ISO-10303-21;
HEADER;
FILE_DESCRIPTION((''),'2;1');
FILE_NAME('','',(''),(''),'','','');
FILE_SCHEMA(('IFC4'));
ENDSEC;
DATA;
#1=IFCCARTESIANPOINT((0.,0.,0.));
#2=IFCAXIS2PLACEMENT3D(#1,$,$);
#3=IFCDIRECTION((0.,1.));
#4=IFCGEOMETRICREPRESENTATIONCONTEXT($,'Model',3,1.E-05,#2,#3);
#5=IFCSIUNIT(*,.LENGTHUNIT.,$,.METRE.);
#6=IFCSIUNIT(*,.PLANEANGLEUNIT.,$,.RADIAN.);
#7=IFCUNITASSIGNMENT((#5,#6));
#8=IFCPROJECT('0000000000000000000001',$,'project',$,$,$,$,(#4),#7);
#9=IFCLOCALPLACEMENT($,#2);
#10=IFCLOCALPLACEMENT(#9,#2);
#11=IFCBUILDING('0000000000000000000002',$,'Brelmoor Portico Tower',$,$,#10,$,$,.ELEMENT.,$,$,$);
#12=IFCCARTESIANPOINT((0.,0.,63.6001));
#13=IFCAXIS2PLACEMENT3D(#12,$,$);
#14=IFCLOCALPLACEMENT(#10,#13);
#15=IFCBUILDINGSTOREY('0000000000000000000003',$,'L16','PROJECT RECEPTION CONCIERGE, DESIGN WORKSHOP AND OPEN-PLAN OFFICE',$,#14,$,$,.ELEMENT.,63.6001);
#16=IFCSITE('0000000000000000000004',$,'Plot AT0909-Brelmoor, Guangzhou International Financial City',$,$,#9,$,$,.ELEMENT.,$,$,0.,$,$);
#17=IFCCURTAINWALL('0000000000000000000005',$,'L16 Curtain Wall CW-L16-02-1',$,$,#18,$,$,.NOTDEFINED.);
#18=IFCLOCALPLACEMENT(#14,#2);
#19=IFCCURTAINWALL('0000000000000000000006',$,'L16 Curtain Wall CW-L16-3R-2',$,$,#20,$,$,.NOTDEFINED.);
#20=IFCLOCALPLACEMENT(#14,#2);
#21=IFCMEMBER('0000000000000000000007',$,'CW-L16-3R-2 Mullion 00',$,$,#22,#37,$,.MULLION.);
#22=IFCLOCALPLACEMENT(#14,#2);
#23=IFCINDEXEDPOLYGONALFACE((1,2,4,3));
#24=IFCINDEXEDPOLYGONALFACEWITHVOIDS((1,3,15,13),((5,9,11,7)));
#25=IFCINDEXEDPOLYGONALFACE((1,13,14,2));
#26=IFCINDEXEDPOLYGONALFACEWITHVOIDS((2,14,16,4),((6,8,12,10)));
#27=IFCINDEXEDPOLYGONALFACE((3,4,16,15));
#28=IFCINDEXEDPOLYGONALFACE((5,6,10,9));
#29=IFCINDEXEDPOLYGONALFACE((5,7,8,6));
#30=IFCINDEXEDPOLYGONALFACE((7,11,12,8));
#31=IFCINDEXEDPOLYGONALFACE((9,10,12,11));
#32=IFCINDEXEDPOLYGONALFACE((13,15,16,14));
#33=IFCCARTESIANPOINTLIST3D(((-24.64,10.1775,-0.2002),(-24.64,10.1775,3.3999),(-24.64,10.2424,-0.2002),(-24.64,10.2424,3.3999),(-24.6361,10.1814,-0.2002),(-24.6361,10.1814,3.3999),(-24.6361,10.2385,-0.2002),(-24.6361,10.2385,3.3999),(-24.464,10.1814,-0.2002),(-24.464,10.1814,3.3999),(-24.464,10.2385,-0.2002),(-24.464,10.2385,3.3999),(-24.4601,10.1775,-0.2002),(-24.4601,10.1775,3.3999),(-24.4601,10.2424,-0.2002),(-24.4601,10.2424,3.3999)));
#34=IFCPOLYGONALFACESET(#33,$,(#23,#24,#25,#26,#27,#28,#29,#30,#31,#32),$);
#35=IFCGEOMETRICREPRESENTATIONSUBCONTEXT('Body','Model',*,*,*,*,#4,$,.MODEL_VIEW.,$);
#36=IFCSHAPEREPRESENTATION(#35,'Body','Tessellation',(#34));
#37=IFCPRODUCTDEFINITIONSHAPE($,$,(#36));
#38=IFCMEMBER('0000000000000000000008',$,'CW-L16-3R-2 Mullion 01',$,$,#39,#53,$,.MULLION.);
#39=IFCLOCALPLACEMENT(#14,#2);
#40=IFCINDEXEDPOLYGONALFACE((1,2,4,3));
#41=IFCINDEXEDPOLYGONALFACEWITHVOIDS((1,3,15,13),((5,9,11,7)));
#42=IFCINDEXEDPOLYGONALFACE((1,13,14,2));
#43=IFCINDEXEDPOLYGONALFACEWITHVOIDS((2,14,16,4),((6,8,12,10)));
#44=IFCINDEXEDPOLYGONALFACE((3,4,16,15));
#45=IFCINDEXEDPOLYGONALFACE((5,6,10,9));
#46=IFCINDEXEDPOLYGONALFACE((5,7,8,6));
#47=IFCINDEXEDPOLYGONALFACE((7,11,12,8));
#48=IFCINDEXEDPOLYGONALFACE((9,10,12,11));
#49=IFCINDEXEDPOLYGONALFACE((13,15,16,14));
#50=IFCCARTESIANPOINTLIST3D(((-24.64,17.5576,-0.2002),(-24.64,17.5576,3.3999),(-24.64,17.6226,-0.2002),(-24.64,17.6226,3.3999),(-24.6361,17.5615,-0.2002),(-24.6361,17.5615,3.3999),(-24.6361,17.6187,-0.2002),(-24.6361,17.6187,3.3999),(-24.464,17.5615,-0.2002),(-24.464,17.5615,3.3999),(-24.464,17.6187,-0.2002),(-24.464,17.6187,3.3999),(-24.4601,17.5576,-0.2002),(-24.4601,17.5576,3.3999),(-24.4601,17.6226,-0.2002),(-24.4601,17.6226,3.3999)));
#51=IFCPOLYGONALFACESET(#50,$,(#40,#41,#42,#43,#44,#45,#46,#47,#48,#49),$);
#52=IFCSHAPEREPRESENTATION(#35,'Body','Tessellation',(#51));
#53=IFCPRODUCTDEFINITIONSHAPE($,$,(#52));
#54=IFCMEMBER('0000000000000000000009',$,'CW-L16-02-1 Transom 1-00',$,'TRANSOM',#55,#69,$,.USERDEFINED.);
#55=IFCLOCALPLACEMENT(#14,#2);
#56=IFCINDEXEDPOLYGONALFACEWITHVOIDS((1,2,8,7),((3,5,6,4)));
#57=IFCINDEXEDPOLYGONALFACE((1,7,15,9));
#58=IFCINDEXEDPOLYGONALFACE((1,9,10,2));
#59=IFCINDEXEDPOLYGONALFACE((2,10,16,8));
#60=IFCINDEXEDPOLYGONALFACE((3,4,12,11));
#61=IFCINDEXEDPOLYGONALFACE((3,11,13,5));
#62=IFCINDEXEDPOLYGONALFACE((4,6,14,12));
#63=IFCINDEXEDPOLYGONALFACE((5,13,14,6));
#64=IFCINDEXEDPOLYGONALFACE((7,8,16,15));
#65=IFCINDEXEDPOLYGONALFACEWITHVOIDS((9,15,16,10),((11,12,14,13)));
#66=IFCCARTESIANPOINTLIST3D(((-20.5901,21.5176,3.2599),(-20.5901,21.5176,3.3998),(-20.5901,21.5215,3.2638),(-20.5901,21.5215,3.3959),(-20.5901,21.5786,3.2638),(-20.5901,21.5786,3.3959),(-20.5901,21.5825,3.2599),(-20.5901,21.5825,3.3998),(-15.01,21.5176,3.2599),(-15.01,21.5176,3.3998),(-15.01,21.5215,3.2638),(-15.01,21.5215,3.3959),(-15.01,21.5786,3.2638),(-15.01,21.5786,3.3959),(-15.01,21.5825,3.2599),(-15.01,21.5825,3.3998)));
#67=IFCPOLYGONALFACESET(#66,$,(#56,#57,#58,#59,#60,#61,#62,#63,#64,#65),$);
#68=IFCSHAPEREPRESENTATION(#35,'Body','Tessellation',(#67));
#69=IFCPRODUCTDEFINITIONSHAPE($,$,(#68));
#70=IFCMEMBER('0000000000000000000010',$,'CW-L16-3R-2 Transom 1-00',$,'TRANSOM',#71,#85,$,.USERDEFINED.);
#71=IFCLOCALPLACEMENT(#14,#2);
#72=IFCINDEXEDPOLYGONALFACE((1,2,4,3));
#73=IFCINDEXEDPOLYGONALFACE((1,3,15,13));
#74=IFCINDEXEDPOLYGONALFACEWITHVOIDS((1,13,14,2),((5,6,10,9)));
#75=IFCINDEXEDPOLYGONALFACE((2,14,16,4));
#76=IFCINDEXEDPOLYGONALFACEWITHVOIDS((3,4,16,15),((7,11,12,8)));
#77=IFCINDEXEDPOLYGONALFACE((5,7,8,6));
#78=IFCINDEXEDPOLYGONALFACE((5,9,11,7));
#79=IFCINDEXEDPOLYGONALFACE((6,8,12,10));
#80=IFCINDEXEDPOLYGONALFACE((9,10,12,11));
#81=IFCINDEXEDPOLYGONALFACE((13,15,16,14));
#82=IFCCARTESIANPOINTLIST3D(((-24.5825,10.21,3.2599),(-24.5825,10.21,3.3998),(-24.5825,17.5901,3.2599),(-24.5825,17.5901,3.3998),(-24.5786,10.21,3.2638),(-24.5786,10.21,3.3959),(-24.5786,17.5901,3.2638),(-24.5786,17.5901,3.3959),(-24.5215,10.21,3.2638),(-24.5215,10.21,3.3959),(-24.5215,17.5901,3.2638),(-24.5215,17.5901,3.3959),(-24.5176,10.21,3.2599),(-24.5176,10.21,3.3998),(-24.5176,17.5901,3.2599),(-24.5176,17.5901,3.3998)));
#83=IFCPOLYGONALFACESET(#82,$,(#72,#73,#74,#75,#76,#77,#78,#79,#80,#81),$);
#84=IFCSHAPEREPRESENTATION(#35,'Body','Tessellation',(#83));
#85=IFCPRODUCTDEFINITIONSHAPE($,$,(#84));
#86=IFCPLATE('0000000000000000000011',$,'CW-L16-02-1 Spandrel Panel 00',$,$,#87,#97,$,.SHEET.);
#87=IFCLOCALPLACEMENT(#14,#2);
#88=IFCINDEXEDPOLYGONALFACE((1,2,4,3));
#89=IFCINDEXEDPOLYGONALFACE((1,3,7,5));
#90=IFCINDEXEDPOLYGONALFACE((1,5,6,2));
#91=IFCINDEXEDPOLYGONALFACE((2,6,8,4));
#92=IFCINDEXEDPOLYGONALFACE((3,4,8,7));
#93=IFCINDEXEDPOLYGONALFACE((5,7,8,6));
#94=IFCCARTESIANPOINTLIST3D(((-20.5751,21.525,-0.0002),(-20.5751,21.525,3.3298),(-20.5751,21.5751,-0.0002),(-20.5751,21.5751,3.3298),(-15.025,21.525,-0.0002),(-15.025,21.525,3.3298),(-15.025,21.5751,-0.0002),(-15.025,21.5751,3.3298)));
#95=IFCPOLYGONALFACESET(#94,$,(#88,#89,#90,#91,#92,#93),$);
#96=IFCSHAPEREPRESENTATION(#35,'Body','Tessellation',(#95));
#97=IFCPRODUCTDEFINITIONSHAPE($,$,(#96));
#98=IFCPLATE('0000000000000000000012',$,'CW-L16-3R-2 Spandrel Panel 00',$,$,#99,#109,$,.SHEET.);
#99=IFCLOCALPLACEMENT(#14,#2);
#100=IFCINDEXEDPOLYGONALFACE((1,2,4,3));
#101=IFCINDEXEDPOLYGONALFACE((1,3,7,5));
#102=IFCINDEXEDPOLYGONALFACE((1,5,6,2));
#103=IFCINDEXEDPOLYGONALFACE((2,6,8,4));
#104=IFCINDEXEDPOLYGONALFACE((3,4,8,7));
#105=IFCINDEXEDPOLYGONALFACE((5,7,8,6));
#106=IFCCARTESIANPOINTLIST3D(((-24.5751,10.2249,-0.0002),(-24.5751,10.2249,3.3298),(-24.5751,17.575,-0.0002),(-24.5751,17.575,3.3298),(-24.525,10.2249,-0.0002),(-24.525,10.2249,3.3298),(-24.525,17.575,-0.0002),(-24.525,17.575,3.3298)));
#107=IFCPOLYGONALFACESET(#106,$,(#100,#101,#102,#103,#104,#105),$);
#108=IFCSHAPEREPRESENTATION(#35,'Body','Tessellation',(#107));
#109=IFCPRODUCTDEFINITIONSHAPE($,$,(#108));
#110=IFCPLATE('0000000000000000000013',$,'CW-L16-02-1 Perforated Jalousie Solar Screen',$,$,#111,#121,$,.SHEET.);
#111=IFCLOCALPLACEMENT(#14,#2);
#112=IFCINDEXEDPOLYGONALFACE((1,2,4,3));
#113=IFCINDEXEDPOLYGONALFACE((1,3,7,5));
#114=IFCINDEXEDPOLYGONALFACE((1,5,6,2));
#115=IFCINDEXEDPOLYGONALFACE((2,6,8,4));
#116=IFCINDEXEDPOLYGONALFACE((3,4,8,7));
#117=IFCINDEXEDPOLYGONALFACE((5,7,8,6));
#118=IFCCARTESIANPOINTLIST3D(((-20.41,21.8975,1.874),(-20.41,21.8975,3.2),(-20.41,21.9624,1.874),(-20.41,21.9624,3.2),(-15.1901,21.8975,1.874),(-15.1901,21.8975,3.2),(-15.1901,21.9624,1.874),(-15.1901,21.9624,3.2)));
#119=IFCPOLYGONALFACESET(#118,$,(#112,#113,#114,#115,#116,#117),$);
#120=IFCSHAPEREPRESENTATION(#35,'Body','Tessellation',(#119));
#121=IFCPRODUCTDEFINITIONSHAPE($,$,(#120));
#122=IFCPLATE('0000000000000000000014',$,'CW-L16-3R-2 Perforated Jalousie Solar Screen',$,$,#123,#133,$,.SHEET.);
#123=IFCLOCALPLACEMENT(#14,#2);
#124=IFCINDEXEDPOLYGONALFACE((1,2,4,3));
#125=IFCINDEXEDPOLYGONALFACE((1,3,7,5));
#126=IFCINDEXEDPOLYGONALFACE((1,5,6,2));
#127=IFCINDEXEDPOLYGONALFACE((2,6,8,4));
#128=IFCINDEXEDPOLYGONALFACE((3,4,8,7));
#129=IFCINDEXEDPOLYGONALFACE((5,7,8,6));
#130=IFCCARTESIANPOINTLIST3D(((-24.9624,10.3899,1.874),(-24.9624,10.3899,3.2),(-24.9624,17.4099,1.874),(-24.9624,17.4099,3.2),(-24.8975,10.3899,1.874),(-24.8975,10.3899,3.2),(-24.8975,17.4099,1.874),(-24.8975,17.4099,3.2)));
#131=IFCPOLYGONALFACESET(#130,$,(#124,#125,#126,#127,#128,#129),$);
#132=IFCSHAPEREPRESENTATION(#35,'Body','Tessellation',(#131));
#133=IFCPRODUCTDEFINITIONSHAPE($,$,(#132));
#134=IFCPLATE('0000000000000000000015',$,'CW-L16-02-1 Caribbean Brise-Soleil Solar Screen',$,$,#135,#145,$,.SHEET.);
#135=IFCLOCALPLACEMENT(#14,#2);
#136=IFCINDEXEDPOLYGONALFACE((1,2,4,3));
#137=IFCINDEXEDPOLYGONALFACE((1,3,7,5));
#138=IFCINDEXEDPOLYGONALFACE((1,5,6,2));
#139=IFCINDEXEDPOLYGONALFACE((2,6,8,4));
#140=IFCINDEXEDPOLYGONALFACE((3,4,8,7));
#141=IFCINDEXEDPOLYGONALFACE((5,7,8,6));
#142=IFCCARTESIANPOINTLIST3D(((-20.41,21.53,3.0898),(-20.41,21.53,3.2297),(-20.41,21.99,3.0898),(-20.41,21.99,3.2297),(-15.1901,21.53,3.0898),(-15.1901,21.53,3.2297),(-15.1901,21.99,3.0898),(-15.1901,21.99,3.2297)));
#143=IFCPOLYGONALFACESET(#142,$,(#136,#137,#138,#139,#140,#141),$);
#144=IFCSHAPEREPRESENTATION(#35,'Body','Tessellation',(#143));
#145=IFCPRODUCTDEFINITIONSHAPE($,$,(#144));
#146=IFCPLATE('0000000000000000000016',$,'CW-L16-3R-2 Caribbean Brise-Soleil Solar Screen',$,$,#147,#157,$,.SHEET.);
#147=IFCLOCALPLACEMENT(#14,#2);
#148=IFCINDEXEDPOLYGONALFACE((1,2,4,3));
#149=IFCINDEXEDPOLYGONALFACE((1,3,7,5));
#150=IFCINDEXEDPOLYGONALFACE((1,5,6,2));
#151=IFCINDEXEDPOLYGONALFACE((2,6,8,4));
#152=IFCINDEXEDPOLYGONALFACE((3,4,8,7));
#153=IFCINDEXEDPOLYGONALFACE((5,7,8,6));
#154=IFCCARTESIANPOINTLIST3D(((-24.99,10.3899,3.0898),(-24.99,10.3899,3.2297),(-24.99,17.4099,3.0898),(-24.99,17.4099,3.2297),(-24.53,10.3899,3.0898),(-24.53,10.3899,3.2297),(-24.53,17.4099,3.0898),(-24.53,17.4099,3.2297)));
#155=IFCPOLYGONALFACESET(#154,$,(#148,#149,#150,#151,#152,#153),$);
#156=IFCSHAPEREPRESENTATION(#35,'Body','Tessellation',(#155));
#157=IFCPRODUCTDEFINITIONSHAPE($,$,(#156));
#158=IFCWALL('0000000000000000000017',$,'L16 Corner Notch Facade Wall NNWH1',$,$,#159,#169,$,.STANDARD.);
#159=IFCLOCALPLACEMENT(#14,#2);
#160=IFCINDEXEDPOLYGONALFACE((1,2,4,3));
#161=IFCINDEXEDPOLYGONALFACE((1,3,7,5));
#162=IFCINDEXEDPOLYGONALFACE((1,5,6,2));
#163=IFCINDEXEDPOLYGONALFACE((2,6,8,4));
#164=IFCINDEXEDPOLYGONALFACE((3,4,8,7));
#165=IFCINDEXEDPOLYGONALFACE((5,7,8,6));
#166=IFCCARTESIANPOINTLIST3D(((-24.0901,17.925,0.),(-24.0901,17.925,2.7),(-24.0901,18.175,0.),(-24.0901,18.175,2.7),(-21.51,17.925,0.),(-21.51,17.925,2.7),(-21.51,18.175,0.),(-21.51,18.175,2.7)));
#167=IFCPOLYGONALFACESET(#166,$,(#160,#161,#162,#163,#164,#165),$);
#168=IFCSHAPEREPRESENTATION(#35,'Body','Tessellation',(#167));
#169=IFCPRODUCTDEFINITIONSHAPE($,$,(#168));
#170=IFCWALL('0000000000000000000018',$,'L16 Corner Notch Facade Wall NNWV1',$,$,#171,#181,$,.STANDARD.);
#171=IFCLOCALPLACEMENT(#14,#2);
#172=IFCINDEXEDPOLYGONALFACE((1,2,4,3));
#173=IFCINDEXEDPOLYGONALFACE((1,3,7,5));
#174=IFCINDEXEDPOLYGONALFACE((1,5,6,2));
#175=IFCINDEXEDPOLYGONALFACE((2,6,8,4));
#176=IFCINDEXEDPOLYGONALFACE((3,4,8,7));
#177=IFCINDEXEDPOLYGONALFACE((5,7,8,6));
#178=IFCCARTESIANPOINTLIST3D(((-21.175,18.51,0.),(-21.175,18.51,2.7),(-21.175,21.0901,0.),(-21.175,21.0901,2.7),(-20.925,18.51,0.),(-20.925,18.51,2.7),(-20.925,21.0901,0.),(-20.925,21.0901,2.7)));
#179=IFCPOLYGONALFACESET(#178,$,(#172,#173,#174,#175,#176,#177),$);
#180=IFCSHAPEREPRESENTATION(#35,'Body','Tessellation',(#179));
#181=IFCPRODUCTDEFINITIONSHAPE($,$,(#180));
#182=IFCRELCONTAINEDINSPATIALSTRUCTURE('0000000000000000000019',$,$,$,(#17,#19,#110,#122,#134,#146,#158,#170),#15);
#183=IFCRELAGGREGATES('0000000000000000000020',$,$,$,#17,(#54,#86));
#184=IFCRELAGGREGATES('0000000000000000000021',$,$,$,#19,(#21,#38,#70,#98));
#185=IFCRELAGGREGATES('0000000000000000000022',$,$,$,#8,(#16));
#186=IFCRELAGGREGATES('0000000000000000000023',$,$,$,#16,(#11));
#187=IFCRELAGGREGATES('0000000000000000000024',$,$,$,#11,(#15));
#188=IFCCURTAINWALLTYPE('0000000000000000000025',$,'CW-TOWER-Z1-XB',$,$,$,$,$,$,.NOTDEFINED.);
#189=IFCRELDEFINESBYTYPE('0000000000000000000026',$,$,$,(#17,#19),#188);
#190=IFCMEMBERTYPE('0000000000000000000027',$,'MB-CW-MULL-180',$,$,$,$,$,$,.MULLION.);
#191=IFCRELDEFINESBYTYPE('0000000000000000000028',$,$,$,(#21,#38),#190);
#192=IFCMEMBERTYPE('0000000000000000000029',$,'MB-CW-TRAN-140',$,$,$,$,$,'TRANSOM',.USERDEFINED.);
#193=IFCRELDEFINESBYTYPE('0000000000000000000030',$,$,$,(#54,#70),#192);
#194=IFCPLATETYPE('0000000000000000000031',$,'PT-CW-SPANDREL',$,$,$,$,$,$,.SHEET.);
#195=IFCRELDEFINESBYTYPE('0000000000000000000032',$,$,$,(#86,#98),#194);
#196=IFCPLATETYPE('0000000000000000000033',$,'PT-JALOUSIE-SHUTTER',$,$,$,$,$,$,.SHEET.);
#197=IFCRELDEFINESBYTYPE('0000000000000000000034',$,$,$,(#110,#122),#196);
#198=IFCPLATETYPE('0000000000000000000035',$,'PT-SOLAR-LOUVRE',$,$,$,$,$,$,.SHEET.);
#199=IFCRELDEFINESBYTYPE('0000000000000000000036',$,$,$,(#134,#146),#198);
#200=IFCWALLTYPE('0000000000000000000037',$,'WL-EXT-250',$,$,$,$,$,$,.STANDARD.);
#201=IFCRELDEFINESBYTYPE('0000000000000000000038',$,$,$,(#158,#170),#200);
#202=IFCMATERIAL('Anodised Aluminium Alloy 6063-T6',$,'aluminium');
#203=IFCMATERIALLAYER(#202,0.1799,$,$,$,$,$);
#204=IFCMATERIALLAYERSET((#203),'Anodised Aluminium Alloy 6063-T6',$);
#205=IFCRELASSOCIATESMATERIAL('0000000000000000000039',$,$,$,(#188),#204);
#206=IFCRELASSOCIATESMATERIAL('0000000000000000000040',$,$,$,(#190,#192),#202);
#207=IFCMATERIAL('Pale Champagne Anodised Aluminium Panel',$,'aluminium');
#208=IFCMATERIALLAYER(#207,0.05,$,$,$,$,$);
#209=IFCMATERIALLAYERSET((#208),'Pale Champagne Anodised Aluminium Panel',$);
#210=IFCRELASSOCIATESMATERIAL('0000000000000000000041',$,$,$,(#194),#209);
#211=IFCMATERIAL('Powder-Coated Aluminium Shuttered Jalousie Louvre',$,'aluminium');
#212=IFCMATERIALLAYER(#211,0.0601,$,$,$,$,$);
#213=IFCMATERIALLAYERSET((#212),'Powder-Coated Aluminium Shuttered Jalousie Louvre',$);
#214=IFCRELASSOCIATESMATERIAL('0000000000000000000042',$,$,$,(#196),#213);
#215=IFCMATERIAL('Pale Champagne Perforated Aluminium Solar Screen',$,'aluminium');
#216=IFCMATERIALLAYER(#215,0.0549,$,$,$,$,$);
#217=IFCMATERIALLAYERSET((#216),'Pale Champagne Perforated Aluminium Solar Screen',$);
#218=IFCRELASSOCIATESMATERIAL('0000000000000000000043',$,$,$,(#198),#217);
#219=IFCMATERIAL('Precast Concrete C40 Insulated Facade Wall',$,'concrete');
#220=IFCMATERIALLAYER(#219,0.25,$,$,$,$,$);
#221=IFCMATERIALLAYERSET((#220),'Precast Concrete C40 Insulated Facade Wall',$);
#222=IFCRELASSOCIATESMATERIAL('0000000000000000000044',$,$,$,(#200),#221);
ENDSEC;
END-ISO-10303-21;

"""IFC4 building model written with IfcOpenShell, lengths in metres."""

from ifc_helpers import new_model, si_unit, direction, frame, frame_2d, origin, origin_2d, place, context, subcontext, project, spatial, rectangle, hollow_rectangle, extrude, material, layer, layer_set, material_profile, profile_set, type_object, element, aggregate, save


model = new_model("IFC4")

# Units and contexts
model_context = context("Model", 3, precision=1e-05, world=origin(), true_north=direction((0.0, 1.0)))
body_context = subcontext(model_context, "Body", "Model", "MODEL_VIEW")
ifc_project = project(units=[si_unit("LENGTHUNIT", "METRE"), si_unit("PLANEANGLEUNIT", "RADIAN")], contexts=[model_context])

# Site, building, storey
site_placement = place(None, origin())
site = spatial("IfcSite", under=ifc_project, at=site_placement, Name="Plot AT0909-Brelmoor, Guangzhou International Financial City", CompositionType="ELEMENT", RefElevation=0.0)
building_placement = place(site_placement, origin())
building = spatial("IfcBuilding", under=site, at=building_placement, Name="Brelmoor Portico Tower", CompositionType="ELEMENT")
storey_placement = place(building_placement, frame((0.0, 0.0, 63.6001)))
storey = spatial("IfcBuildingStorey", under=building, at=storey_placement, Name="L16", Description="PROJECT RECEPTION CONCIERGE, DESIGN WORKSHOP AND OPEN-PLAN OFFICE", CompositionType="ELEMENT", Elevation=63.6001)

# Curtain wall
ifc_material_1 = material(Name="Anodised Aluminium Alloy 6063-T6", Category="aluminium")
ifc_layer_1 = layer(ifc_material_1, 0.1799)
ifc_layer_set_1 = layer_set([ifc_layer_1], Name="Anodised Aluminium Alloy 6063-T6")
curtain_wall_type = type_object("IfcCurtainWallType", Name="CW-TOWER-Z1-XB", PredefinedType="NOTDEFINED", material=ifc_layer_set_1)
curtain_wall_1_placement = place(storey_placement, origin())
curtain_wall_1 = element("IfcCurtainWall", 1, at=curtain_wall_1_placement, inside=storey, type_object=curtain_wall_type, Name="L16 Curtain Wall CW-L16-02-1", PredefinedType="NOTDEFINED")
ifc_material_profile_1 = material_profile(ifc_material_1, hollow_rectangle(XDim=0.0649, YDim=0.1799, WallThickness=0.0039, at=origin_2d()), Name="ALU MULLION 65x180")
ifc_profile_set_1 = profile_set([ifc_material_profile_1], Name="Anodised Aluminium Alloy 6063-T6")
member_type_1 = type_object("IfcMemberType", Name="MB-CW-MULL-180", PredefinedType="MULLION", material=ifc_profile_set_1)

# Curtain wall, members
curtain_wall_2_placement = place(storey_placement, origin())
curtain_wall_2 = element("IfcCurtainWall", 2, at=curtain_wall_2_placement, inside=storey, type_object=curtain_wall_type, Name="L16 Curtain Wall CW-L16-3R-2", PredefinedType="NOTDEFINED")
member_1_placement = place(storey_placement, frame((-24.55, 10.21, -0.2002), z_axis=(0.0, 0.0, 1.0), x_axis=(0.0, 1.0, 0.0)))
member_1 = element("IfcMember", 3, at=member_1_placement, type_object=member_type_1, Name="CW-L16-3R-2 Mullion 00", PredefinedType="MULLION", context=body_context, shape_type="SweptSolid", body=[
    extrude(hollow_rectangle(XDim=0.0649, YDim=0.1799, WallThickness=0.0039, at=origin_2d()), origin(), (0.0, 0.0, 1.0), 3.6001),
])
member_2_placement = place(storey_placement, frame((-24.55, 17.5901, -0.2002), z_axis=(0.0, 0.0, 1.0), x_axis=(0.0, 1.0, 0.0)))
member_2 = element("IfcMember", 4, at=member_2_placement, type_object=member_type_1, Name="CW-L16-3R-2 Mullion 01", PredefinedType="MULLION", context=body_context, shape_type="SweptSolid", body=[
    extrude(hollow_rectangle(XDim=0.0649, YDim=0.1799, WallThickness=0.0039, at=origin_2d()), origin(), (0.0, 0.0, 1.0), 3.6001),
])

# Members
ifc_material_profile_2 = material_profile(ifc_material_1, hollow_rectangle(XDim=0.0649, YDim=0.1399, WallThickness=0.0039, at=origin_2d()), Name="ALU TRANSOM 65x140")
ifc_profile_set_2 = profile_set([ifc_material_profile_2], Name="Anodised Aluminium Alloy 6063-T6")
member_type_2 = type_object("IfcMemberType", Name="MB-CW-TRAN-140", ElementType="TRANSOM", PredefinedType="USERDEFINED", material=ifc_profile_set_2)
member_3_placement = place(storey_placement, frame((-20.5901, 21.55, 3.3298), z_axis=(1.0, 0.0, 0.0), x_axis=(0.0, 1.0, 0.0)))
member_3 = element("IfcMember", 5, at=member_3_placement, type_object=member_type_2, Name="CW-L16-02-1 Transom 1-00", ObjectType="TRANSOM", PredefinedType="USERDEFINED", context=body_context, shape_type="SweptSolid", body=[
    extrude(hollow_rectangle(XDim=0.0649, YDim=0.1399, WallThickness=0.0039, at=origin_2d()), origin(), (0.0, 0.0, 1.0), 5.5801),
])
member_4_placement = place(storey_placement, frame((-24.55, 10.21, 3.3298), z_axis=(0.0, 1.0, 0.0), x_axis=(-1.0, 0.0, 0.0)))
member_4 = element("IfcMember", 6, at=member_4_placement, type_object=member_type_2, Name="CW-L16-3R-2 Transom 1-00", ObjectType="TRANSOM", PredefinedType="USERDEFINED", context=body_context, shape_type="SweptSolid", body=[
    extrude(hollow_rectangle(XDim=0.0649, YDim=0.1399, WallThickness=0.0039, at=origin_2d()), origin(), (0.0, 0.0, 1.0), 7.3801),
])

# Plates
ifc_material_2 = material(Name="Pale Champagne Anodised Aluminium Panel", Category="aluminium")
ifc_layer_2 = layer(ifc_material_2, 0.05)
ifc_layer_set_2 = layer_set([ifc_layer_2], Name="Pale Champagne Anodised Aluminium Panel")
plate_type_1 = type_object("IfcPlateType", Name="PT-CW-SPANDREL", PredefinedType="SHEET", material=ifc_layer_set_2)
plate_1_placement = place(storey_placement, frame((-17.8, 21.55, -0.0002), z_axis=(0.0, 0.0, 1.0), x_axis=(1.0, 0.0, 0.0)))
plate_1 = element("IfcPlate", 7, at=plate_1_placement, type_object=plate_type_1, Name="CW-L16-02-1 Spandrel Panel 00", PredefinedType="SHEET", context=body_context, shape_type="SweptSolid", body=[
    extrude(rectangle(XDim=5.55, YDim=0.05, at=origin_2d()), origin(), (0.0, 0.0, 1.0), 3.3301),
])
aggregate(curtain_wall_1, [member_3, plate_1])
plate_2_placement = place(storey_placement, frame((-24.55, 13.8999, -0.0002), z_axis=(0.0, 0.0, 1.0), x_axis=(0.0, 1.0, 0.0)))
plate_2 = element("IfcPlate", 8, at=plate_2_placement, type_object=plate_type_1, Name="CW-L16-3R-2 Spandrel Panel 00", PredefinedType="SHEET", context=body_context, shape_type="SweptSolid", body=[
    extrude(rectangle(XDim=7.3501, YDim=0.05, at=origin_2d()), origin(), (0.0, 0.0, 1.0), 3.3301),
])
aggregate(curtain_wall_2, [member_1, member_2, member_4, plate_2])

# Plates
ifc_material_3 = material(Name="Powder-Coated Aluminium Shuttered Jalousie Louvre", Category="aluminium")
ifc_layer_3 = layer(ifc_material_3, 0.0601)
ifc_layer_set_3 = layer_set([ifc_layer_3], Name="Powder-Coated Aluminium Shuttered Jalousie Louvre")
plate_type_2 = type_object("IfcPlateType", Name="PT-JALOUSIE-SHUTTER", PredefinedType="SHEET", material=ifc_layer_set_3)
plate_3_placement = place(storey_placement, frame((-17.8, 21.9299, 1.874), z_axis=(0.0, 0.0, 1.0), x_axis=(1.0, 0.0, 0.0)))
element("IfcPlate", 9, at=plate_3_placement, inside=storey, type_object=plate_type_2, Name="CW-L16-02-1 Perforated Jalousie Solar Screen", PredefinedType="SHEET", context=body_context, shape_type="SweptSolid", body=[
    extrude(rectangle(XDim=5.22, YDim=0.0649, at=origin_2d()), origin(), (0.0, 0.0, 1.0), 1.3259),
])
plate_4_placement = place(storey_placement, frame((-24.9299, 13.8999, 1.874), z_axis=(0.0, 0.0, 1.0), x_axis=(0.0, 1.0, 0.0)))
element("IfcPlate", 10, at=plate_4_placement, inside=storey, type_object=plate_type_2, Name="CW-L16-3R-2 Perforated Jalousie Solar Screen", PredefinedType="SHEET", context=body_context, shape_type="SweptSolid", body=[
    extrude(rectangle(XDim=7.02, YDim=0.0649, at=origin_2d()), origin(), (0.0, 0.0, 1.0), 1.3259),
])
ifc_material_4 = material(Name="Pale Champagne Perforated Aluminium Solar Screen", Category="aluminium")
ifc_layer_4 = layer(ifc_material_4, 0.0549)
ifc_layer_set_4 = layer_set([ifc_layer_4], Name="Pale Champagne Perforated Aluminium Solar Screen")
plate_type_3 = type_object("IfcPlateType", Name="PT-SOLAR-LOUVRE", PredefinedType="SHEET", material=ifc_layer_set_4)
plate_5_placement = place(storey_placement, frame((-17.8, 21.76, 3.0898), z_axis=(0.0, 0.0, 1.0), x_axis=(1.0, 0.0, 0.0)))
element("IfcPlate", 11, at=plate_5_placement, inside=storey, type_object=plate_type_3, Name="CW-L16-02-1 Caribbean Brise-Soleil Solar Screen", PredefinedType="SHEET", context=body_context, shape_type="SweptSolid", body=[
    extrude(rectangle(XDim=5.22, YDim=0.46, at=origin_2d()), origin(), (0.0, 0.0, 1.0), 0.1399),
])
plate_6_placement = place(storey_placement, frame((-24.76, 13.8999, 3.0898), z_axis=(0.0, 0.0, 1.0), x_axis=(0.0, 1.0, 0.0)))
element("IfcPlate", 12, at=plate_6_placement, inside=storey, type_object=plate_type_3, Name="CW-L16-3R-2 Caribbean Brise-Soleil Solar Screen", PredefinedType="SHEET", context=body_context, shape_type="SweptSolid", body=[
    extrude(rectangle(XDim=7.02, YDim=0.46, at=origin_2d()), origin(), (0.0, 0.0, 1.0), 0.1399),
])

# Walls
ifc_material_5 = material(Name="Precast Concrete C40 Insulated Facade Wall", Category="concrete")
ifc_layer_5 = layer(ifc_material_5, 0.25)
ifc_layer_set_5 = layer_set([ifc_layer_5], Name="Precast Concrete C40 Insulated Facade Wall")
wall_type_1 = type_object("IfcWallType", Name="WL-EXT-250", PredefinedType="STANDARD", material=ifc_layer_set_5)
for number, where, z_axis, x_axis, name in (
    (13, (-24.0901, 18.05, 0.0), (0.0, 0.0, 1.0), (1.0, 0.0, 0.0), "L16 Corner Notch Facade Wall NNWH1"),
    (14, (-21.05, 18.51, 0.0), (0.0, 0.0, 1.0), (0.0, 1.0, 0.0), "L16 Corner Notch Facade Wall NNWV1"),
):
    element("IfcWall", number, at=place(storey_placement, frame(where, z_axis=z_axis, x_axis=x_axis)), inside=storey, type_object=wall_type_1, Name=name, PredefinedType="STANDARD", context=body_context, shape_type="SweptSolid", body=[
        extrude(rectangle(XDim=2.5801, YDim=0.25, at=frame_2d((1.29, 0.0))), origin(), (0.0, 0.0, 1.0), 2.7),
    ])

save(model, "model.ifc")
